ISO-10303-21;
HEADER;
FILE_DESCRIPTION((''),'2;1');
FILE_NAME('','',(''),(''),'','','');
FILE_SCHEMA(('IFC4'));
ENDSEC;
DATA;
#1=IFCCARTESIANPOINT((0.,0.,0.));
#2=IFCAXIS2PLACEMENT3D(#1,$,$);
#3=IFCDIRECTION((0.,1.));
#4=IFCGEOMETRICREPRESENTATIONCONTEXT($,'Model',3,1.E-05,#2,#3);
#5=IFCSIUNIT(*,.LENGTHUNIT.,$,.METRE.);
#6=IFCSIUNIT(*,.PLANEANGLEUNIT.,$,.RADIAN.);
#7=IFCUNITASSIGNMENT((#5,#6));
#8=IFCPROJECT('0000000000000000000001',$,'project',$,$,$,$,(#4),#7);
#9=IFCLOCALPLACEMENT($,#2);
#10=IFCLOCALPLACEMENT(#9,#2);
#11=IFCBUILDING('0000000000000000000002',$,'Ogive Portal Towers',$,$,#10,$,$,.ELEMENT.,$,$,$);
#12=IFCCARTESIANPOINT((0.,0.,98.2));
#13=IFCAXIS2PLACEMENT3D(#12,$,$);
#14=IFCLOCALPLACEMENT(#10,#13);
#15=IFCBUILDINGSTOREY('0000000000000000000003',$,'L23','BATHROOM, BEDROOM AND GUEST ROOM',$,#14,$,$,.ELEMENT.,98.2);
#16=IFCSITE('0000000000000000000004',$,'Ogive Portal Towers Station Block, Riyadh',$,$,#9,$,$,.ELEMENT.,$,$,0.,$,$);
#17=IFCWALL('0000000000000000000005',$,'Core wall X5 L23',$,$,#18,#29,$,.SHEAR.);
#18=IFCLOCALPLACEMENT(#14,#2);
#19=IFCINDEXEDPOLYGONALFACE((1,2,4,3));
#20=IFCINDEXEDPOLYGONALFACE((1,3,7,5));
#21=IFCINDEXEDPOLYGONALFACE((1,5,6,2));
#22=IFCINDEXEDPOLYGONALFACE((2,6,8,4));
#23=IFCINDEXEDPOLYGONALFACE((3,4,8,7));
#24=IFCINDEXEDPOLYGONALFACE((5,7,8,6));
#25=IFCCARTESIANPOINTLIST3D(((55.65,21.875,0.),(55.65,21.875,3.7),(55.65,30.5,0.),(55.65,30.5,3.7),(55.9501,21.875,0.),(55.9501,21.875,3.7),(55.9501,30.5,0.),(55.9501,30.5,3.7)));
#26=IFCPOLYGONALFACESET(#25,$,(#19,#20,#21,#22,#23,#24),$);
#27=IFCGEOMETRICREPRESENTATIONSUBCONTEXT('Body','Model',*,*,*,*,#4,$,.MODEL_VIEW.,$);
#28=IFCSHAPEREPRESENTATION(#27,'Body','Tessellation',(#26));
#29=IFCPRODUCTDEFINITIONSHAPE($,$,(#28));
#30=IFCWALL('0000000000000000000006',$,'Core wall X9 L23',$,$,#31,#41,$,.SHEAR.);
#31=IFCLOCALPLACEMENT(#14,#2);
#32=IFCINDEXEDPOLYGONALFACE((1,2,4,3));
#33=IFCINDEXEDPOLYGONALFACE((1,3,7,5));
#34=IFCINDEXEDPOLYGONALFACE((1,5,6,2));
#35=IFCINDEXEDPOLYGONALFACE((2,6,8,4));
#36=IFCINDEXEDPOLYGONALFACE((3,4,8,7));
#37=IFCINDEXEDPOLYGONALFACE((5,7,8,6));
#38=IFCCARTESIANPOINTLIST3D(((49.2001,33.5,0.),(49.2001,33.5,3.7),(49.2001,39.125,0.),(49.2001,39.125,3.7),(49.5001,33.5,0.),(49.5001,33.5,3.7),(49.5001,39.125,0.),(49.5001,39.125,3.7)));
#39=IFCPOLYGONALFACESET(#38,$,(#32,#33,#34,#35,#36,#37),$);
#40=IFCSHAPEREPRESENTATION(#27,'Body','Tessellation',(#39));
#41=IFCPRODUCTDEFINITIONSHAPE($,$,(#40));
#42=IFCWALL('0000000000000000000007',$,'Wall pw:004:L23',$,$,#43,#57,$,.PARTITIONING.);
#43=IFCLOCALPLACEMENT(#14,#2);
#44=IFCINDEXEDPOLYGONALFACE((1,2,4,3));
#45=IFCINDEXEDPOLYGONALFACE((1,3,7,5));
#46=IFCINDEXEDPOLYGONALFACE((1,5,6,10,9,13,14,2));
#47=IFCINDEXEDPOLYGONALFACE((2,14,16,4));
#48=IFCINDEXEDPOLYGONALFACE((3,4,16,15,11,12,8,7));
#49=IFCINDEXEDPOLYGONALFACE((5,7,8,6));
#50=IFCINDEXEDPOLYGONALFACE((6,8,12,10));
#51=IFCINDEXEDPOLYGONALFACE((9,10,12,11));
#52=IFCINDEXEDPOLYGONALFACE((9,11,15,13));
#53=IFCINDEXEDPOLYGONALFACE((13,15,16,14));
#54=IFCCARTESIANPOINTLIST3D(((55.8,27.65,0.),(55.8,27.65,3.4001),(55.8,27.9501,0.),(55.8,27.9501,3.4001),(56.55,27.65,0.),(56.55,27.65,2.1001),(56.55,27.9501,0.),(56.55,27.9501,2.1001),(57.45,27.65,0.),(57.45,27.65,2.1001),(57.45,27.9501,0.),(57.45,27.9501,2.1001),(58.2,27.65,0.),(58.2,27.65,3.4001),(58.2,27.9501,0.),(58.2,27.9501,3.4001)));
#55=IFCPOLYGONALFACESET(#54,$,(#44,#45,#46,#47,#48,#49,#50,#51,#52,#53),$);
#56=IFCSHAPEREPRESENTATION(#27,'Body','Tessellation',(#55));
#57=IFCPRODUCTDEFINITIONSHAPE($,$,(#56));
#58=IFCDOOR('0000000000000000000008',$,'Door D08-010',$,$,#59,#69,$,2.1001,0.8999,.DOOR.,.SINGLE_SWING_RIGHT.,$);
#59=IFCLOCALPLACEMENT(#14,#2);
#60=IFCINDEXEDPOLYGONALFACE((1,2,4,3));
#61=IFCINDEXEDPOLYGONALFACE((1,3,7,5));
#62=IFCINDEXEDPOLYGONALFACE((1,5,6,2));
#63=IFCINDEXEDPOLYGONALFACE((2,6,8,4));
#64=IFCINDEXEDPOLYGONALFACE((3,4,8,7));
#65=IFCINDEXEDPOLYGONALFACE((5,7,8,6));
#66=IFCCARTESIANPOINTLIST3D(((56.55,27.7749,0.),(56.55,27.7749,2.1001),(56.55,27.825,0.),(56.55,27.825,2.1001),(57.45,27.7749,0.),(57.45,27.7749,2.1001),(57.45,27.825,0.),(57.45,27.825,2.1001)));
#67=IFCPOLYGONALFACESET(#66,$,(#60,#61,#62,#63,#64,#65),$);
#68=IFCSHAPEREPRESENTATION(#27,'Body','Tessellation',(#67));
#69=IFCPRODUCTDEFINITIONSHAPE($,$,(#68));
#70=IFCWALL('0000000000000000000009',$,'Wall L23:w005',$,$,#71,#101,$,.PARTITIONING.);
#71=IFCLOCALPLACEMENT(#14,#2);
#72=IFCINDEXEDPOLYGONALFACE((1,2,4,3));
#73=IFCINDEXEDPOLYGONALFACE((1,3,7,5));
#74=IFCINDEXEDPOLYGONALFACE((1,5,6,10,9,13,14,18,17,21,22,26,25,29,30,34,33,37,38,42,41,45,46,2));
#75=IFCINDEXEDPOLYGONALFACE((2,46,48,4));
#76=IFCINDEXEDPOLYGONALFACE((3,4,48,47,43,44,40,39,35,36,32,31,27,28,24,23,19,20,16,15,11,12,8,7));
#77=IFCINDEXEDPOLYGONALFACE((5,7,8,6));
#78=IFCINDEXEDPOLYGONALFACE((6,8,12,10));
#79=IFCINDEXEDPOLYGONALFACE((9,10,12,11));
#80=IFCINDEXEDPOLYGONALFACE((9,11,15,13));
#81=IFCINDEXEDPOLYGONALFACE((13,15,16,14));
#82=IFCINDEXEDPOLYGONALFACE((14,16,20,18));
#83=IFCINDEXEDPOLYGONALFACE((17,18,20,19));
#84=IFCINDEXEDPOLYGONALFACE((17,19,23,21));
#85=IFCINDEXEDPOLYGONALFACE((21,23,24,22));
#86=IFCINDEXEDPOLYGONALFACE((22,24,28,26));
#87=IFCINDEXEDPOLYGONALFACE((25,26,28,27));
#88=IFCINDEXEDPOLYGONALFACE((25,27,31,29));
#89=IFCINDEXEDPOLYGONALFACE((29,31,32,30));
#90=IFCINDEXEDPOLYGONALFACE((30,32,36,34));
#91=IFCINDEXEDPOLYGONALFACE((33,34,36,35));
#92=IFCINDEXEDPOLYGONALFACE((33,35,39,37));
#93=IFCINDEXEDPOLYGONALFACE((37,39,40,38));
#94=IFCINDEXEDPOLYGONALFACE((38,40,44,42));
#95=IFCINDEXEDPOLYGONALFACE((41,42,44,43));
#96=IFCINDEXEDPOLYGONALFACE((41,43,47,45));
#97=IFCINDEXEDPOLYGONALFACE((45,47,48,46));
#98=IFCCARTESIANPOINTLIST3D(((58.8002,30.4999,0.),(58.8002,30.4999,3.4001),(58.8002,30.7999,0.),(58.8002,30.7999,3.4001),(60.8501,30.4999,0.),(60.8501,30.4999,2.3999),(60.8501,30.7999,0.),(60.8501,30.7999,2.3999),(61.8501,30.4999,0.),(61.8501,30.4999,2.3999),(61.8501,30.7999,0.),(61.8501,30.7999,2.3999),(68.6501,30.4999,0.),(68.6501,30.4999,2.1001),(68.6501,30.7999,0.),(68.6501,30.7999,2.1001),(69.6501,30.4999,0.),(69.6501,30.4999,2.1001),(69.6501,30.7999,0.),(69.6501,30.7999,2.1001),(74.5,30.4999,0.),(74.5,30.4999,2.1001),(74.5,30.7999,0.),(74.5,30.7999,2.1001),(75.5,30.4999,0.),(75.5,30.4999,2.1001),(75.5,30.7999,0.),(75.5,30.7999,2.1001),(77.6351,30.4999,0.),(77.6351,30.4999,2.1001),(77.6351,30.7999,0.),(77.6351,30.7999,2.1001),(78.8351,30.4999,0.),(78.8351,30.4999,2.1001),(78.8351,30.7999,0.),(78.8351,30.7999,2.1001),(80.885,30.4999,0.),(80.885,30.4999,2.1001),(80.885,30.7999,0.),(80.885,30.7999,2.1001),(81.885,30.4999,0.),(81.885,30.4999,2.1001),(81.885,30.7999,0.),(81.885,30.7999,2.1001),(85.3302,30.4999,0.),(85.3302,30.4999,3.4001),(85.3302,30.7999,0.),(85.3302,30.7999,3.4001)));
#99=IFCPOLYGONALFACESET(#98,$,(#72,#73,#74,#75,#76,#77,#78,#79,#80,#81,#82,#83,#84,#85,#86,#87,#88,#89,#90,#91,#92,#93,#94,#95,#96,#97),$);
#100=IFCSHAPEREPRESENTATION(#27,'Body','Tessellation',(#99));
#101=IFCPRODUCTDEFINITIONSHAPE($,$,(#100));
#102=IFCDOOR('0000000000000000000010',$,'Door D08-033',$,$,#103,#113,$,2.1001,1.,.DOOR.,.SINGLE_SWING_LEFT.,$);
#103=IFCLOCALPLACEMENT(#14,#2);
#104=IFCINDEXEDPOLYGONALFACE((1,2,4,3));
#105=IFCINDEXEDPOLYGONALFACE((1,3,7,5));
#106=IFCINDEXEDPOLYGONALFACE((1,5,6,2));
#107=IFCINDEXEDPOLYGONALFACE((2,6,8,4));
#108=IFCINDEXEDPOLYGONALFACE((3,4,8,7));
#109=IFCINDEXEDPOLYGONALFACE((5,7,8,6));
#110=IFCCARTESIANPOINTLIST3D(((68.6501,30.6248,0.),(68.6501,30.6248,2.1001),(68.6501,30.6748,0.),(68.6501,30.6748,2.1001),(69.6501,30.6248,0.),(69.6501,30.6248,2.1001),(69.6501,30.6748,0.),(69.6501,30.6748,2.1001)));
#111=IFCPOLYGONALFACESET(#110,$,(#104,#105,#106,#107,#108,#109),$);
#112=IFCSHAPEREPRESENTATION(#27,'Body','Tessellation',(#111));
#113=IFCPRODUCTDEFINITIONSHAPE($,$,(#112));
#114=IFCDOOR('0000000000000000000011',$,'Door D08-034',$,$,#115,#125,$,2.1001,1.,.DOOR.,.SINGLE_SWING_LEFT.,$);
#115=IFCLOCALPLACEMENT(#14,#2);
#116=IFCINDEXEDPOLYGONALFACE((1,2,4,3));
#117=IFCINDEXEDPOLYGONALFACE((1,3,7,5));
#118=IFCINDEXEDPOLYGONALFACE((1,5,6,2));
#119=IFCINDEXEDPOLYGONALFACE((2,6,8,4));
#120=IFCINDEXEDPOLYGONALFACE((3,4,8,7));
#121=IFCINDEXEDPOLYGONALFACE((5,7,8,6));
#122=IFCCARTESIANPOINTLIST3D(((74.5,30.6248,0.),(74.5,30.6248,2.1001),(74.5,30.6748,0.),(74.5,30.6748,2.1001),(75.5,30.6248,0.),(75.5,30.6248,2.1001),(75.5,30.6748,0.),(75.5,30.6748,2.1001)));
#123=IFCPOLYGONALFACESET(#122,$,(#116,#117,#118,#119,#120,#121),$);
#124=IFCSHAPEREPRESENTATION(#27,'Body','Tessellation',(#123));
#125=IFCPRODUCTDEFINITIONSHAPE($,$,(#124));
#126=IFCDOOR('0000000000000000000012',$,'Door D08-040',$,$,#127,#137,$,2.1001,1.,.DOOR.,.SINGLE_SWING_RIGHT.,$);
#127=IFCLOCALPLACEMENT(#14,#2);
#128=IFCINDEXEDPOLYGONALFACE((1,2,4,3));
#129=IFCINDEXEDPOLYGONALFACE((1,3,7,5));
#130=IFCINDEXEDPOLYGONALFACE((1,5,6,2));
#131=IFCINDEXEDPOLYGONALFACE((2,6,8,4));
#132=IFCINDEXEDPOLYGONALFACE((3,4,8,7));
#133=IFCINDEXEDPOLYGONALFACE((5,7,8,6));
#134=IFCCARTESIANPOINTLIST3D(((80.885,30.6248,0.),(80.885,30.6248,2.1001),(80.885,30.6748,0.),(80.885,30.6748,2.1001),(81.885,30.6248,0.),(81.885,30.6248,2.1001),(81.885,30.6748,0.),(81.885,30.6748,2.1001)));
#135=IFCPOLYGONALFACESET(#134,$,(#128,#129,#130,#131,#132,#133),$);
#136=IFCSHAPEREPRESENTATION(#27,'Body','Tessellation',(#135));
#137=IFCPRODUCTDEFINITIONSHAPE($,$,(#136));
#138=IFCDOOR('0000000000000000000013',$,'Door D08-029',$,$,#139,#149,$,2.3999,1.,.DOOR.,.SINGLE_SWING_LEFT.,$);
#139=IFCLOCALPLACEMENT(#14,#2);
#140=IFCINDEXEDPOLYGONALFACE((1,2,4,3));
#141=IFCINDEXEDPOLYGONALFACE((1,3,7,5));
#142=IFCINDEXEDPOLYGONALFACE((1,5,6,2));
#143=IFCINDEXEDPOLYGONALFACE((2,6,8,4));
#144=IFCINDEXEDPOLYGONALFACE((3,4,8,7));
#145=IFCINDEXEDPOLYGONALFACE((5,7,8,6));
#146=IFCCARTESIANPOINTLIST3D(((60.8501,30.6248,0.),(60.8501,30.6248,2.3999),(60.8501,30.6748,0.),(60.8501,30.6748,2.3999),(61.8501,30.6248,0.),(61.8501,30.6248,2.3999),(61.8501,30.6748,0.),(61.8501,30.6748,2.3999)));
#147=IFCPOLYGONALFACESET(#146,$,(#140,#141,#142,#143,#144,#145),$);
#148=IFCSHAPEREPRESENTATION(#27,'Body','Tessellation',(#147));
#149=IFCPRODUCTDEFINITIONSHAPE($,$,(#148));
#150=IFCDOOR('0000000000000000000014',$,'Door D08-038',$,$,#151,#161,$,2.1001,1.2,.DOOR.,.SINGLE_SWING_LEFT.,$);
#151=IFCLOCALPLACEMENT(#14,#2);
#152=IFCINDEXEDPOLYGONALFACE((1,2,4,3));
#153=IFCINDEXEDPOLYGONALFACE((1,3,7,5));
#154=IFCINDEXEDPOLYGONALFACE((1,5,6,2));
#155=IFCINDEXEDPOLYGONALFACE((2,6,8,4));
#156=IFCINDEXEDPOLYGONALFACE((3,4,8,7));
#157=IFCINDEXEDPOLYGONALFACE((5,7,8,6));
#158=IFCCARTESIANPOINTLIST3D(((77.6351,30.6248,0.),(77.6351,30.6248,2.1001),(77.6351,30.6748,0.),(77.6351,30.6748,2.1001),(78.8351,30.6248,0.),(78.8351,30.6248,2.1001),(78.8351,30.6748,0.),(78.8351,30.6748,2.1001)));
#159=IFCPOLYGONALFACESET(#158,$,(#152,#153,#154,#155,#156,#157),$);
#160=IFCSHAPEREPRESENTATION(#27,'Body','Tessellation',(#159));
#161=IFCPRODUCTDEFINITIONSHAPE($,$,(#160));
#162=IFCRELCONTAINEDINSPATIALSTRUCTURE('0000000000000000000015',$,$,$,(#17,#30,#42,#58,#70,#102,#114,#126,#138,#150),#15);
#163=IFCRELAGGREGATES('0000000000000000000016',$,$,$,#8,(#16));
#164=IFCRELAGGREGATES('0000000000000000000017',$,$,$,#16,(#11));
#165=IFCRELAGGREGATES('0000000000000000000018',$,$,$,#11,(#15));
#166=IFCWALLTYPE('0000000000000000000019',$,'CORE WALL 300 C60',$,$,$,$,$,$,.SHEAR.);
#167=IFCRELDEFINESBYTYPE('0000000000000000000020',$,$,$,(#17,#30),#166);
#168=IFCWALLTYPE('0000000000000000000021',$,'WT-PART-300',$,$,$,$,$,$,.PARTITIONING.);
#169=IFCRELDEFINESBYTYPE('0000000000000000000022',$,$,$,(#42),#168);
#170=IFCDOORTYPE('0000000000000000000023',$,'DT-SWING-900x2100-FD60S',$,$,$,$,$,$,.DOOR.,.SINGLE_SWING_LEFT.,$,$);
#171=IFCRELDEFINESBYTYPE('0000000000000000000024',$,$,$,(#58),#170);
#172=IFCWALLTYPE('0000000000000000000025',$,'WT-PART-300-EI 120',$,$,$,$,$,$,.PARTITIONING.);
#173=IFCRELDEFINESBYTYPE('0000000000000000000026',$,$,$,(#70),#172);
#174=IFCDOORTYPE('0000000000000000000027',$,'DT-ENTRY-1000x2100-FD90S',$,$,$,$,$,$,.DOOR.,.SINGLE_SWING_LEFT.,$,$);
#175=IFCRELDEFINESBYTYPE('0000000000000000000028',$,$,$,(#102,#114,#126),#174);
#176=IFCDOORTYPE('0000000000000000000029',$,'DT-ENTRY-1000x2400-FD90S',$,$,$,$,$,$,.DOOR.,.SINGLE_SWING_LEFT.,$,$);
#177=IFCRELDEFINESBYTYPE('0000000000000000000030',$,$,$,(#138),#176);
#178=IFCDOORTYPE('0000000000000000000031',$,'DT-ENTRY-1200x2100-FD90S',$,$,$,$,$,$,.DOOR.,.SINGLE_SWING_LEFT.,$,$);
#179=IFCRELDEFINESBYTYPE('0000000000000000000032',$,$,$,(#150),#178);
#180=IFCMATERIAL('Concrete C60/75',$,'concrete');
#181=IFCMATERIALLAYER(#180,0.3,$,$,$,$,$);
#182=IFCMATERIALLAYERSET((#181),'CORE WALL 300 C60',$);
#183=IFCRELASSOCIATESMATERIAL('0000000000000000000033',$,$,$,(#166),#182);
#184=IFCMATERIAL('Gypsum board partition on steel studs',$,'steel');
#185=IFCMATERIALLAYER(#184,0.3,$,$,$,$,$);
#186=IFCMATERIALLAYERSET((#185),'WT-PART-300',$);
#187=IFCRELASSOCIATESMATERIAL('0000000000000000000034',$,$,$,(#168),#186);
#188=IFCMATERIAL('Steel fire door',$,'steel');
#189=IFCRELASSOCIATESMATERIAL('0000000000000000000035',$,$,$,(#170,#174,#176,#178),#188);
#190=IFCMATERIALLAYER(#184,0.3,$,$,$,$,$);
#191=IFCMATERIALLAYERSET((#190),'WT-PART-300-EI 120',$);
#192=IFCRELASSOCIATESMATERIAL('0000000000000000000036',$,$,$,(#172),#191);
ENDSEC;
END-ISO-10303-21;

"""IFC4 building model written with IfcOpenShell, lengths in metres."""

from ifc_helpers import new_model, si_unit, direction, frame, frame_2d, origin, place, context, subcontext, project, spatial, rectangle, extrude, material, layer, layer_set, type_object, element, fill, save


model = new_model("IFC4")

# Units and contexts
model_context = context("Model", 3, precision=1e-05, world=origin(), true_north=direction((0.0, 1.0)))
body_context = subcontext(model_context, "Body", "Model", "MODEL_VIEW")
ifc_project = project(units=[si_unit("LENGTHUNIT", "METRE"), si_unit("PLANEANGLEUNIT", "RADIAN")], contexts=[model_context])

# Site, building, storey
site_placement = place(None, origin())
site = spatial("IfcSite", under=ifc_project, at=site_placement, Name="Ogive Portal Towers Station Block, Riyadh", CompositionType="ELEMENT", RefElevation=0.0)
building_placement = place(site_placement, origin())
building = spatial("IfcBuilding", under=site, at=building_placement, Name="Ogive Portal Towers", CompositionType="ELEMENT")
storey_placement = place(building_placement, frame((0.0, 0.0, 98.2)))
storey = spatial("IfcBuildingStorey", under=building, at=storey_placement, Name="L23", Description="BATHROOM, BEDROOM AND GUEST ROOM", CompositionType="ELEMENT", Elevation=98.2)

# Walls
ifc_material_1 = material(Name="Concrete C60/75", Category="concrete")
ifc_layer_1 = layer(ifc_material_1, 0.3)
ifc_layer_set_1 = layer_set([ifc_layer_1], Name="CORE WALL 300 C60")
wall_type_1 = type_object("IfcWallType", Name="CORE WALL 300 C60", PredefinedType="SHEAR", material=ifc_layer_set_1)
wall_1_placement = place(storey_placement, frame((55.8, 21.875, 0.0), z_axis=(0.0, 0.0, 1.0), x_axis=(0.0, 1.0, 0.0)))
element("IfcWall", 1, at=wall_1_placement, inside=storey, type_object=wall_type_1, Name="Core wall X5 L23", PredefinedType="SHEAR", context=body_context, shape_type="SweptSolid", body=[
    extrude(rectangle(XDim=8.625, YDim=0.3, at=frame_2d((4.3125, 0.0))), origin(), (0.0, 0.0, 1.0), 3.7),
])
wall_2_placement = place(storey_placement, frame((49.3501, 33.5, 0.0), z_axis=(0.0, 0.0, 1.0), x_axis=(0.0, 1.0, 0.0)))
element("IfcWall", 2, at=wall_2_placement, inside=storey, type_object=wall_type_1, Name="Core wall X9 L23", PredefinedType="SHEAR", context=body_context, shape_type="SweptSolid", body=[
    extrude(rectangle(XDim=5.625, YDim=0.3, at=frame_2d((2.8125, 0.0))), origin(), (0.0, 0.0, 1.0), 3.7),
])

# Wall, opening, door
ifc_material_2 = material(Name="Gypsum board partition on steel studs", Category="steel")
ifc_layer_2 = layer(ifc_material_2, 0.3)
ifc_layer_set_2 = layer_set([ifc_layer_2], Name="WT-PART-300")
wall_type_2 = type_object("IfcWallType", Name="WT-PART-300", PredefinedType="PARTITIONING", material=ifc_layer_set_2)
wall_3_placement = place(storey_placement, frame((55.8, 27.8, 0.0), z_axis=(0.0, 0.0, 1.0), x_axis=(1.0, 0.0, 0.0)))
wall_3 = element("IfcWall", 3, at=wall_3_placement, inside=storey, type_object=wall_type_2, Name="Wall pw:004:L23", PredefinedType="PARTITIONING", context=body_context, shape_type="SweptSolid", body=[
    extrude(rectangle(XDim=2.3999, YDim=0.3, at=frame_2d((1.2, 0.0))), origin(), (0.0, 0.0, 1.0), 3.4001),
])
opening_1_placement = place(wall_3_placement, frame((0.75, 0.0, 0.0)))
opening_1 = element("IfcOpeningElement", 4, at=opening_1_placement, cuts=wall_3, PredefinedType="OPENING", context=body_context, shape_type="SweptSolid", body=[
    extrude(rectangle(XDim=0.8999, YDim=2.1001, at=frame_2d((0.45, 1.05))), frame((0.0, 0.1602, 0.0), z_axis=(0.0, -1.0, 0.0), x_axis=(1.0, 0.0, 0.0)), (0.0, 0.0, 1.0), 0.3201),
])
ifc_material_3 = material(Name="Steel fire door", Category="steel")
door_type_1 = type_object("IfcDoorType", Name="DT-SWING-900x2100-FD60S", OperationType="SINGLE_SWING_LEFT", PredefinedType="DOOR", material=ifc_material_3)
door_1_placement = place(opening_1_placement, origin())
door_1 = element("IfcDoor", 5, at=door_1_placement, inside=storey, type_object=door_type_1, Name="Door D08-010", OperationType="SINGLE_SWING_RIGHT", OverallHeight=2.1001, OverallWidth=0.8999, PredefinedType="DOOR", context=body_context, shape_type="SweptSolid", body=[
    extrude(rectangle(XDim=0.8999, YDim=2.1001, at=frame_2d((0.45, 1.05))), frame((0.0, 0.0249, 0.0), z_axis=(0.0, -1.0, 0.0), x_axis=(1.0, 0.0, 0.0)), (0.0, 0.0, 1.0), 0.05),
])
fill(opening_1, door_1)

# Wall, openings, doors
ifc_layer_3 = layer(ifc_material_2, 0.3)
ifc_layer_set_3 = layer_set([ifc_layer_3], Name="WT-PART-300-EI 120")
wall_type_3 = type_object("IfcWallType", Name="WT-PART-300-EI 120", PredefinedType="PARTITIONING", material=ifc_layer_set_3)
wall_4_placement = place(storey_placement, frame((58.8, 30.6499, 0.0), z_axis=(0.0, 0.0, 1.0), x_axis=(1.0, 0.0, 0.0)))
wall_4 = element("IfcWall", 6, at=wall_4_placement, inside=storey, type_object=wall_type_3, Name="Wall L23:w005", PredefinedType="PARTITIONING", context=body_context, shape_type="SweptSolid", body=[
    extrude(rectangle(XDim=26.53, YDim=0.3, at=frame_2d((13.2651, 0.0))), origin(), (0.0, 0.0, 1.0), 3.4001),
])
opening_2_placement = place(wall_4_placement, frame((2.05, 0.0, 0.0)))
opening_2 = element("IfcOpeningElement", 7, at=opening_2_placement, cuts=wall_4, PredefinedType="OPENING", context=body_context, shape_type="SweptSolid", body=[
    extrude(rectangle(XDim=1.0, YDim=2.3999, at=frame_2d((0.5, 1.2))), frame((0.0, 0.1602, 0.0), z_axis=(0.0, -1.0, 0.0), x_axis=(1.0, 0.0, 0.0)), (0.0, 0.0, 1.0), 0.3201),
])
opening_3_placement = place(wall_4_placement, frame((9.8501, 0.0, 0.0)))
opening_3 = element("IfcOpeningElement", 8, at=opening_3_placement, cuts=wall_4, PredefinedType="OPENING", context=body_context, shape_type="SweptSolid", body=[
    extrude(rectangle(XDim=1.0, YDim=2.1001, at=frame_2d((0.5, 1.05))), frame((0.0, 0.1602, 0.0), z_axis=(0.0, -1.0, 0.0), x_axis=(1.0, 0.0, 0.0)), (0.0, 0.0, 1.0), 0.3201),
])
opening_4_placement = place(wall_4_placement, frame((15.7, 0.0, 0.0)))
opening_4 = element("IfcOpeningElement", 9, at=opening_4_placement, cuts=wall_4, PredefinedType="OPENING", context=body_context, shape_type="SweptSolid", body=[
    extrude(rectangle(XDim=1.0, YDim=2.1001, at=frame_2d((0.5, 1.05))), frame((0.0, 0.1602, 0.0), z_axis=(0.0, -1.0, 0.0), x_axis=(1.0, 0.0, 0.0)), (0.0, 0.0, 1.0), 0.3201),
])
opening_5_placement = place(wall_4_placement, frame((18.835, 0.0, 0.0)))
opening_5 = element("IfcOpeningElement", 10, at=opening_5_placement, cuts=wall_4, PredefinedType="OPENING", context=body_context, shape_type="SweptSolid", body=[
    extrude(rectangle(XDim=1.2, YDim=2.1001, at=frame_2d((0.6001, 1.05))), frame((0.0, 0.1602, 0.0), z_axis=(0.0, -1.0, 0.0), x_axis=(1.0, 0.0, 0.0)), (0.0, 0.0, 1.0), 0.3201),
])
opening_6_placement = place(wall_4_placement, frame((22.085, 0.0, 0.0)))
opening_6 = element("IfcOpeningElement", 11, at=opening_6_placement, cuts=wall_4, PredefinedType="OPENING", context=body_context, shape_type="SweptSolid", body=[
    extrude(rectangle(XDim=1.0, YDim=2.1001, at=frame_2d((0.5, 1.05))), frame((0.0, 0.1602, 0.0), z_axis=(0.0, -1.0, 0.0), x_axis=(1.0, 0.0, 0.0)), (0.0, 0.0, 1.0), 0.3201),
])
door_type_2 = type_object("IfcDoorType", Name="DT-ENTRY-1000x2100-FD90S", OperationType="SINGLE_SWING_LEFT", PredefinedType="DOOR", material=ifc_material_3)
door_2_placement = place(opening_3_placement, origin())
door_2 = element("IfcDoor", 12, at=door_2_placement, inside=storey, type_object=door_type_2, Name="Door D08-033", OperationType="SINGLE_SWING_LEFT", OverallHeight=2.1001, OverallWidth=1.0, PredefinedType="DOOR", context=body_context, shape_type="SweptSolid", body=[
    extrude(rectangle(XDim=1.0, YDim=2.1001, at=frame_2d((0.5, 1.05))), frame((0.0, 0.0249, 0.0), z_axis=(0.0, -1.0, 0.0), x_axis=(1.0, 0.0, 0.0)), (0.0, 0.0, 1.0), 0.05),
])
fill(opening_3, door_2)
door_3_placement = place(opening_4_placement, origin())
door_3 = element("IfcDoor", 13, at=door_3_placement, inside=storey, type_object=door_type_2, Name="Door D08-034", OperationType="SINGLE_SWING_LEFT", OverallHeight=2.1001, OverallWidth=1.0, PredefinedType="DOOR", context=body_context, shape_type="SweptSolid", body=[
    extrude(rectangle(XDim=1.0, YDim=2.1001, at=frame_2d((0.5, 1.05))), frame((0.0, 0.0249, 0.0), z_axis=(0.0, -1.0, 0.0), x_axis=(1.0, 0.0, 0.0)), (0.0, 0.0, 1.0), 0.05),
])
fill(opening_4, door_3)
door_4_placement = place(opening_6_placement, origin())
door_4 = element("IfcDoor", 14, at=door_4_placement, inside=storey, type_object=door_type_2, Name="Door D08-040", OperationType="SINGLE_SWING_RIGHT", OverallHeight=2.1001, OverallWidth=1.0, PredefinedType="DOOR", context=body_context, shape_type="SweptSolid", body=[
    extrude(rectangle(XDim=1.0, YDim=2.1001, at=frame_2d((0.5, 1.05))), frame((0.0, 0.0249, 0.0), z_axis=(0.0, -1.0, 0.0), x_axis=(1.0, 0.0, 0.0)), (0.0, 0.0, 1.0), 0.05),
])
fill(opening_6, door_4)
door_type_3 = type_object("IfcDoorType", Name="DT-ENTRY-1000x2400-FD90S", OperationType="SINGLE_SWING_LEFT", PredefinedType="DOOR", material=ifc_material_3)
door_5_placement = place(opening_2_placement, origin())
door_5 = element("IfcDoor", 15, at=door_5_placement, inside=storey, type_object=door_type_3, Name="Door D08-029", OperationType="SINGLE_SWING_LEFT", OverallHeight=2.3999, OverallWidth=1.0, PredefinedType="DOOR", context=body_context, shape_type="SweptSolid", body=[
    extrude(rectangle(XDim=1.0, YDim=2.3999, at=frame_2d((0.5, 1.2))), frame((0.0, 0.0249, 0.0), z_axis=(0.0, -1.0, 0.0), x_axis=(1.0, 0.0, 0.0)), (0.0, 0.0, 1.0), 0.05),
])
fill(opening_2, door_5)
door_type_4 = type_object("IfcDoorType", Name="DT-ENTRY-1200x2100-FD90S", OperationType="SINGLE_SWING_LEFT", PredefinedType="DOOR", material=ifc_material_3)
door_6_placement = place(opening_5_placement, origin())
door_6 = element("IfcDoor", 16, at=door_6_placement, inside=storey, type_object=door_type_4, Name="Door D08-038", OperationType="SINGLE_SWING_LEFT", OverallHeight=2.1001, OverallWidth=1.2, PredefinedType="DOOR", context=body_context, shape_type="SweptSolid", body=[
    extrude(rectangle(XDim=1.2, YDim=2.1001, at=frame_2d((0.6001, 1.05))), frame((0.0, 0.0249, 0.0), z_axis=(0.0, -1.0, 0.0), x_axis=(1.0, 0.0, 0.0)), (0.0, 0.0, 1.0), 0.05),
])
fill(opening_5, door_6)

save(model, "model.ifc")
